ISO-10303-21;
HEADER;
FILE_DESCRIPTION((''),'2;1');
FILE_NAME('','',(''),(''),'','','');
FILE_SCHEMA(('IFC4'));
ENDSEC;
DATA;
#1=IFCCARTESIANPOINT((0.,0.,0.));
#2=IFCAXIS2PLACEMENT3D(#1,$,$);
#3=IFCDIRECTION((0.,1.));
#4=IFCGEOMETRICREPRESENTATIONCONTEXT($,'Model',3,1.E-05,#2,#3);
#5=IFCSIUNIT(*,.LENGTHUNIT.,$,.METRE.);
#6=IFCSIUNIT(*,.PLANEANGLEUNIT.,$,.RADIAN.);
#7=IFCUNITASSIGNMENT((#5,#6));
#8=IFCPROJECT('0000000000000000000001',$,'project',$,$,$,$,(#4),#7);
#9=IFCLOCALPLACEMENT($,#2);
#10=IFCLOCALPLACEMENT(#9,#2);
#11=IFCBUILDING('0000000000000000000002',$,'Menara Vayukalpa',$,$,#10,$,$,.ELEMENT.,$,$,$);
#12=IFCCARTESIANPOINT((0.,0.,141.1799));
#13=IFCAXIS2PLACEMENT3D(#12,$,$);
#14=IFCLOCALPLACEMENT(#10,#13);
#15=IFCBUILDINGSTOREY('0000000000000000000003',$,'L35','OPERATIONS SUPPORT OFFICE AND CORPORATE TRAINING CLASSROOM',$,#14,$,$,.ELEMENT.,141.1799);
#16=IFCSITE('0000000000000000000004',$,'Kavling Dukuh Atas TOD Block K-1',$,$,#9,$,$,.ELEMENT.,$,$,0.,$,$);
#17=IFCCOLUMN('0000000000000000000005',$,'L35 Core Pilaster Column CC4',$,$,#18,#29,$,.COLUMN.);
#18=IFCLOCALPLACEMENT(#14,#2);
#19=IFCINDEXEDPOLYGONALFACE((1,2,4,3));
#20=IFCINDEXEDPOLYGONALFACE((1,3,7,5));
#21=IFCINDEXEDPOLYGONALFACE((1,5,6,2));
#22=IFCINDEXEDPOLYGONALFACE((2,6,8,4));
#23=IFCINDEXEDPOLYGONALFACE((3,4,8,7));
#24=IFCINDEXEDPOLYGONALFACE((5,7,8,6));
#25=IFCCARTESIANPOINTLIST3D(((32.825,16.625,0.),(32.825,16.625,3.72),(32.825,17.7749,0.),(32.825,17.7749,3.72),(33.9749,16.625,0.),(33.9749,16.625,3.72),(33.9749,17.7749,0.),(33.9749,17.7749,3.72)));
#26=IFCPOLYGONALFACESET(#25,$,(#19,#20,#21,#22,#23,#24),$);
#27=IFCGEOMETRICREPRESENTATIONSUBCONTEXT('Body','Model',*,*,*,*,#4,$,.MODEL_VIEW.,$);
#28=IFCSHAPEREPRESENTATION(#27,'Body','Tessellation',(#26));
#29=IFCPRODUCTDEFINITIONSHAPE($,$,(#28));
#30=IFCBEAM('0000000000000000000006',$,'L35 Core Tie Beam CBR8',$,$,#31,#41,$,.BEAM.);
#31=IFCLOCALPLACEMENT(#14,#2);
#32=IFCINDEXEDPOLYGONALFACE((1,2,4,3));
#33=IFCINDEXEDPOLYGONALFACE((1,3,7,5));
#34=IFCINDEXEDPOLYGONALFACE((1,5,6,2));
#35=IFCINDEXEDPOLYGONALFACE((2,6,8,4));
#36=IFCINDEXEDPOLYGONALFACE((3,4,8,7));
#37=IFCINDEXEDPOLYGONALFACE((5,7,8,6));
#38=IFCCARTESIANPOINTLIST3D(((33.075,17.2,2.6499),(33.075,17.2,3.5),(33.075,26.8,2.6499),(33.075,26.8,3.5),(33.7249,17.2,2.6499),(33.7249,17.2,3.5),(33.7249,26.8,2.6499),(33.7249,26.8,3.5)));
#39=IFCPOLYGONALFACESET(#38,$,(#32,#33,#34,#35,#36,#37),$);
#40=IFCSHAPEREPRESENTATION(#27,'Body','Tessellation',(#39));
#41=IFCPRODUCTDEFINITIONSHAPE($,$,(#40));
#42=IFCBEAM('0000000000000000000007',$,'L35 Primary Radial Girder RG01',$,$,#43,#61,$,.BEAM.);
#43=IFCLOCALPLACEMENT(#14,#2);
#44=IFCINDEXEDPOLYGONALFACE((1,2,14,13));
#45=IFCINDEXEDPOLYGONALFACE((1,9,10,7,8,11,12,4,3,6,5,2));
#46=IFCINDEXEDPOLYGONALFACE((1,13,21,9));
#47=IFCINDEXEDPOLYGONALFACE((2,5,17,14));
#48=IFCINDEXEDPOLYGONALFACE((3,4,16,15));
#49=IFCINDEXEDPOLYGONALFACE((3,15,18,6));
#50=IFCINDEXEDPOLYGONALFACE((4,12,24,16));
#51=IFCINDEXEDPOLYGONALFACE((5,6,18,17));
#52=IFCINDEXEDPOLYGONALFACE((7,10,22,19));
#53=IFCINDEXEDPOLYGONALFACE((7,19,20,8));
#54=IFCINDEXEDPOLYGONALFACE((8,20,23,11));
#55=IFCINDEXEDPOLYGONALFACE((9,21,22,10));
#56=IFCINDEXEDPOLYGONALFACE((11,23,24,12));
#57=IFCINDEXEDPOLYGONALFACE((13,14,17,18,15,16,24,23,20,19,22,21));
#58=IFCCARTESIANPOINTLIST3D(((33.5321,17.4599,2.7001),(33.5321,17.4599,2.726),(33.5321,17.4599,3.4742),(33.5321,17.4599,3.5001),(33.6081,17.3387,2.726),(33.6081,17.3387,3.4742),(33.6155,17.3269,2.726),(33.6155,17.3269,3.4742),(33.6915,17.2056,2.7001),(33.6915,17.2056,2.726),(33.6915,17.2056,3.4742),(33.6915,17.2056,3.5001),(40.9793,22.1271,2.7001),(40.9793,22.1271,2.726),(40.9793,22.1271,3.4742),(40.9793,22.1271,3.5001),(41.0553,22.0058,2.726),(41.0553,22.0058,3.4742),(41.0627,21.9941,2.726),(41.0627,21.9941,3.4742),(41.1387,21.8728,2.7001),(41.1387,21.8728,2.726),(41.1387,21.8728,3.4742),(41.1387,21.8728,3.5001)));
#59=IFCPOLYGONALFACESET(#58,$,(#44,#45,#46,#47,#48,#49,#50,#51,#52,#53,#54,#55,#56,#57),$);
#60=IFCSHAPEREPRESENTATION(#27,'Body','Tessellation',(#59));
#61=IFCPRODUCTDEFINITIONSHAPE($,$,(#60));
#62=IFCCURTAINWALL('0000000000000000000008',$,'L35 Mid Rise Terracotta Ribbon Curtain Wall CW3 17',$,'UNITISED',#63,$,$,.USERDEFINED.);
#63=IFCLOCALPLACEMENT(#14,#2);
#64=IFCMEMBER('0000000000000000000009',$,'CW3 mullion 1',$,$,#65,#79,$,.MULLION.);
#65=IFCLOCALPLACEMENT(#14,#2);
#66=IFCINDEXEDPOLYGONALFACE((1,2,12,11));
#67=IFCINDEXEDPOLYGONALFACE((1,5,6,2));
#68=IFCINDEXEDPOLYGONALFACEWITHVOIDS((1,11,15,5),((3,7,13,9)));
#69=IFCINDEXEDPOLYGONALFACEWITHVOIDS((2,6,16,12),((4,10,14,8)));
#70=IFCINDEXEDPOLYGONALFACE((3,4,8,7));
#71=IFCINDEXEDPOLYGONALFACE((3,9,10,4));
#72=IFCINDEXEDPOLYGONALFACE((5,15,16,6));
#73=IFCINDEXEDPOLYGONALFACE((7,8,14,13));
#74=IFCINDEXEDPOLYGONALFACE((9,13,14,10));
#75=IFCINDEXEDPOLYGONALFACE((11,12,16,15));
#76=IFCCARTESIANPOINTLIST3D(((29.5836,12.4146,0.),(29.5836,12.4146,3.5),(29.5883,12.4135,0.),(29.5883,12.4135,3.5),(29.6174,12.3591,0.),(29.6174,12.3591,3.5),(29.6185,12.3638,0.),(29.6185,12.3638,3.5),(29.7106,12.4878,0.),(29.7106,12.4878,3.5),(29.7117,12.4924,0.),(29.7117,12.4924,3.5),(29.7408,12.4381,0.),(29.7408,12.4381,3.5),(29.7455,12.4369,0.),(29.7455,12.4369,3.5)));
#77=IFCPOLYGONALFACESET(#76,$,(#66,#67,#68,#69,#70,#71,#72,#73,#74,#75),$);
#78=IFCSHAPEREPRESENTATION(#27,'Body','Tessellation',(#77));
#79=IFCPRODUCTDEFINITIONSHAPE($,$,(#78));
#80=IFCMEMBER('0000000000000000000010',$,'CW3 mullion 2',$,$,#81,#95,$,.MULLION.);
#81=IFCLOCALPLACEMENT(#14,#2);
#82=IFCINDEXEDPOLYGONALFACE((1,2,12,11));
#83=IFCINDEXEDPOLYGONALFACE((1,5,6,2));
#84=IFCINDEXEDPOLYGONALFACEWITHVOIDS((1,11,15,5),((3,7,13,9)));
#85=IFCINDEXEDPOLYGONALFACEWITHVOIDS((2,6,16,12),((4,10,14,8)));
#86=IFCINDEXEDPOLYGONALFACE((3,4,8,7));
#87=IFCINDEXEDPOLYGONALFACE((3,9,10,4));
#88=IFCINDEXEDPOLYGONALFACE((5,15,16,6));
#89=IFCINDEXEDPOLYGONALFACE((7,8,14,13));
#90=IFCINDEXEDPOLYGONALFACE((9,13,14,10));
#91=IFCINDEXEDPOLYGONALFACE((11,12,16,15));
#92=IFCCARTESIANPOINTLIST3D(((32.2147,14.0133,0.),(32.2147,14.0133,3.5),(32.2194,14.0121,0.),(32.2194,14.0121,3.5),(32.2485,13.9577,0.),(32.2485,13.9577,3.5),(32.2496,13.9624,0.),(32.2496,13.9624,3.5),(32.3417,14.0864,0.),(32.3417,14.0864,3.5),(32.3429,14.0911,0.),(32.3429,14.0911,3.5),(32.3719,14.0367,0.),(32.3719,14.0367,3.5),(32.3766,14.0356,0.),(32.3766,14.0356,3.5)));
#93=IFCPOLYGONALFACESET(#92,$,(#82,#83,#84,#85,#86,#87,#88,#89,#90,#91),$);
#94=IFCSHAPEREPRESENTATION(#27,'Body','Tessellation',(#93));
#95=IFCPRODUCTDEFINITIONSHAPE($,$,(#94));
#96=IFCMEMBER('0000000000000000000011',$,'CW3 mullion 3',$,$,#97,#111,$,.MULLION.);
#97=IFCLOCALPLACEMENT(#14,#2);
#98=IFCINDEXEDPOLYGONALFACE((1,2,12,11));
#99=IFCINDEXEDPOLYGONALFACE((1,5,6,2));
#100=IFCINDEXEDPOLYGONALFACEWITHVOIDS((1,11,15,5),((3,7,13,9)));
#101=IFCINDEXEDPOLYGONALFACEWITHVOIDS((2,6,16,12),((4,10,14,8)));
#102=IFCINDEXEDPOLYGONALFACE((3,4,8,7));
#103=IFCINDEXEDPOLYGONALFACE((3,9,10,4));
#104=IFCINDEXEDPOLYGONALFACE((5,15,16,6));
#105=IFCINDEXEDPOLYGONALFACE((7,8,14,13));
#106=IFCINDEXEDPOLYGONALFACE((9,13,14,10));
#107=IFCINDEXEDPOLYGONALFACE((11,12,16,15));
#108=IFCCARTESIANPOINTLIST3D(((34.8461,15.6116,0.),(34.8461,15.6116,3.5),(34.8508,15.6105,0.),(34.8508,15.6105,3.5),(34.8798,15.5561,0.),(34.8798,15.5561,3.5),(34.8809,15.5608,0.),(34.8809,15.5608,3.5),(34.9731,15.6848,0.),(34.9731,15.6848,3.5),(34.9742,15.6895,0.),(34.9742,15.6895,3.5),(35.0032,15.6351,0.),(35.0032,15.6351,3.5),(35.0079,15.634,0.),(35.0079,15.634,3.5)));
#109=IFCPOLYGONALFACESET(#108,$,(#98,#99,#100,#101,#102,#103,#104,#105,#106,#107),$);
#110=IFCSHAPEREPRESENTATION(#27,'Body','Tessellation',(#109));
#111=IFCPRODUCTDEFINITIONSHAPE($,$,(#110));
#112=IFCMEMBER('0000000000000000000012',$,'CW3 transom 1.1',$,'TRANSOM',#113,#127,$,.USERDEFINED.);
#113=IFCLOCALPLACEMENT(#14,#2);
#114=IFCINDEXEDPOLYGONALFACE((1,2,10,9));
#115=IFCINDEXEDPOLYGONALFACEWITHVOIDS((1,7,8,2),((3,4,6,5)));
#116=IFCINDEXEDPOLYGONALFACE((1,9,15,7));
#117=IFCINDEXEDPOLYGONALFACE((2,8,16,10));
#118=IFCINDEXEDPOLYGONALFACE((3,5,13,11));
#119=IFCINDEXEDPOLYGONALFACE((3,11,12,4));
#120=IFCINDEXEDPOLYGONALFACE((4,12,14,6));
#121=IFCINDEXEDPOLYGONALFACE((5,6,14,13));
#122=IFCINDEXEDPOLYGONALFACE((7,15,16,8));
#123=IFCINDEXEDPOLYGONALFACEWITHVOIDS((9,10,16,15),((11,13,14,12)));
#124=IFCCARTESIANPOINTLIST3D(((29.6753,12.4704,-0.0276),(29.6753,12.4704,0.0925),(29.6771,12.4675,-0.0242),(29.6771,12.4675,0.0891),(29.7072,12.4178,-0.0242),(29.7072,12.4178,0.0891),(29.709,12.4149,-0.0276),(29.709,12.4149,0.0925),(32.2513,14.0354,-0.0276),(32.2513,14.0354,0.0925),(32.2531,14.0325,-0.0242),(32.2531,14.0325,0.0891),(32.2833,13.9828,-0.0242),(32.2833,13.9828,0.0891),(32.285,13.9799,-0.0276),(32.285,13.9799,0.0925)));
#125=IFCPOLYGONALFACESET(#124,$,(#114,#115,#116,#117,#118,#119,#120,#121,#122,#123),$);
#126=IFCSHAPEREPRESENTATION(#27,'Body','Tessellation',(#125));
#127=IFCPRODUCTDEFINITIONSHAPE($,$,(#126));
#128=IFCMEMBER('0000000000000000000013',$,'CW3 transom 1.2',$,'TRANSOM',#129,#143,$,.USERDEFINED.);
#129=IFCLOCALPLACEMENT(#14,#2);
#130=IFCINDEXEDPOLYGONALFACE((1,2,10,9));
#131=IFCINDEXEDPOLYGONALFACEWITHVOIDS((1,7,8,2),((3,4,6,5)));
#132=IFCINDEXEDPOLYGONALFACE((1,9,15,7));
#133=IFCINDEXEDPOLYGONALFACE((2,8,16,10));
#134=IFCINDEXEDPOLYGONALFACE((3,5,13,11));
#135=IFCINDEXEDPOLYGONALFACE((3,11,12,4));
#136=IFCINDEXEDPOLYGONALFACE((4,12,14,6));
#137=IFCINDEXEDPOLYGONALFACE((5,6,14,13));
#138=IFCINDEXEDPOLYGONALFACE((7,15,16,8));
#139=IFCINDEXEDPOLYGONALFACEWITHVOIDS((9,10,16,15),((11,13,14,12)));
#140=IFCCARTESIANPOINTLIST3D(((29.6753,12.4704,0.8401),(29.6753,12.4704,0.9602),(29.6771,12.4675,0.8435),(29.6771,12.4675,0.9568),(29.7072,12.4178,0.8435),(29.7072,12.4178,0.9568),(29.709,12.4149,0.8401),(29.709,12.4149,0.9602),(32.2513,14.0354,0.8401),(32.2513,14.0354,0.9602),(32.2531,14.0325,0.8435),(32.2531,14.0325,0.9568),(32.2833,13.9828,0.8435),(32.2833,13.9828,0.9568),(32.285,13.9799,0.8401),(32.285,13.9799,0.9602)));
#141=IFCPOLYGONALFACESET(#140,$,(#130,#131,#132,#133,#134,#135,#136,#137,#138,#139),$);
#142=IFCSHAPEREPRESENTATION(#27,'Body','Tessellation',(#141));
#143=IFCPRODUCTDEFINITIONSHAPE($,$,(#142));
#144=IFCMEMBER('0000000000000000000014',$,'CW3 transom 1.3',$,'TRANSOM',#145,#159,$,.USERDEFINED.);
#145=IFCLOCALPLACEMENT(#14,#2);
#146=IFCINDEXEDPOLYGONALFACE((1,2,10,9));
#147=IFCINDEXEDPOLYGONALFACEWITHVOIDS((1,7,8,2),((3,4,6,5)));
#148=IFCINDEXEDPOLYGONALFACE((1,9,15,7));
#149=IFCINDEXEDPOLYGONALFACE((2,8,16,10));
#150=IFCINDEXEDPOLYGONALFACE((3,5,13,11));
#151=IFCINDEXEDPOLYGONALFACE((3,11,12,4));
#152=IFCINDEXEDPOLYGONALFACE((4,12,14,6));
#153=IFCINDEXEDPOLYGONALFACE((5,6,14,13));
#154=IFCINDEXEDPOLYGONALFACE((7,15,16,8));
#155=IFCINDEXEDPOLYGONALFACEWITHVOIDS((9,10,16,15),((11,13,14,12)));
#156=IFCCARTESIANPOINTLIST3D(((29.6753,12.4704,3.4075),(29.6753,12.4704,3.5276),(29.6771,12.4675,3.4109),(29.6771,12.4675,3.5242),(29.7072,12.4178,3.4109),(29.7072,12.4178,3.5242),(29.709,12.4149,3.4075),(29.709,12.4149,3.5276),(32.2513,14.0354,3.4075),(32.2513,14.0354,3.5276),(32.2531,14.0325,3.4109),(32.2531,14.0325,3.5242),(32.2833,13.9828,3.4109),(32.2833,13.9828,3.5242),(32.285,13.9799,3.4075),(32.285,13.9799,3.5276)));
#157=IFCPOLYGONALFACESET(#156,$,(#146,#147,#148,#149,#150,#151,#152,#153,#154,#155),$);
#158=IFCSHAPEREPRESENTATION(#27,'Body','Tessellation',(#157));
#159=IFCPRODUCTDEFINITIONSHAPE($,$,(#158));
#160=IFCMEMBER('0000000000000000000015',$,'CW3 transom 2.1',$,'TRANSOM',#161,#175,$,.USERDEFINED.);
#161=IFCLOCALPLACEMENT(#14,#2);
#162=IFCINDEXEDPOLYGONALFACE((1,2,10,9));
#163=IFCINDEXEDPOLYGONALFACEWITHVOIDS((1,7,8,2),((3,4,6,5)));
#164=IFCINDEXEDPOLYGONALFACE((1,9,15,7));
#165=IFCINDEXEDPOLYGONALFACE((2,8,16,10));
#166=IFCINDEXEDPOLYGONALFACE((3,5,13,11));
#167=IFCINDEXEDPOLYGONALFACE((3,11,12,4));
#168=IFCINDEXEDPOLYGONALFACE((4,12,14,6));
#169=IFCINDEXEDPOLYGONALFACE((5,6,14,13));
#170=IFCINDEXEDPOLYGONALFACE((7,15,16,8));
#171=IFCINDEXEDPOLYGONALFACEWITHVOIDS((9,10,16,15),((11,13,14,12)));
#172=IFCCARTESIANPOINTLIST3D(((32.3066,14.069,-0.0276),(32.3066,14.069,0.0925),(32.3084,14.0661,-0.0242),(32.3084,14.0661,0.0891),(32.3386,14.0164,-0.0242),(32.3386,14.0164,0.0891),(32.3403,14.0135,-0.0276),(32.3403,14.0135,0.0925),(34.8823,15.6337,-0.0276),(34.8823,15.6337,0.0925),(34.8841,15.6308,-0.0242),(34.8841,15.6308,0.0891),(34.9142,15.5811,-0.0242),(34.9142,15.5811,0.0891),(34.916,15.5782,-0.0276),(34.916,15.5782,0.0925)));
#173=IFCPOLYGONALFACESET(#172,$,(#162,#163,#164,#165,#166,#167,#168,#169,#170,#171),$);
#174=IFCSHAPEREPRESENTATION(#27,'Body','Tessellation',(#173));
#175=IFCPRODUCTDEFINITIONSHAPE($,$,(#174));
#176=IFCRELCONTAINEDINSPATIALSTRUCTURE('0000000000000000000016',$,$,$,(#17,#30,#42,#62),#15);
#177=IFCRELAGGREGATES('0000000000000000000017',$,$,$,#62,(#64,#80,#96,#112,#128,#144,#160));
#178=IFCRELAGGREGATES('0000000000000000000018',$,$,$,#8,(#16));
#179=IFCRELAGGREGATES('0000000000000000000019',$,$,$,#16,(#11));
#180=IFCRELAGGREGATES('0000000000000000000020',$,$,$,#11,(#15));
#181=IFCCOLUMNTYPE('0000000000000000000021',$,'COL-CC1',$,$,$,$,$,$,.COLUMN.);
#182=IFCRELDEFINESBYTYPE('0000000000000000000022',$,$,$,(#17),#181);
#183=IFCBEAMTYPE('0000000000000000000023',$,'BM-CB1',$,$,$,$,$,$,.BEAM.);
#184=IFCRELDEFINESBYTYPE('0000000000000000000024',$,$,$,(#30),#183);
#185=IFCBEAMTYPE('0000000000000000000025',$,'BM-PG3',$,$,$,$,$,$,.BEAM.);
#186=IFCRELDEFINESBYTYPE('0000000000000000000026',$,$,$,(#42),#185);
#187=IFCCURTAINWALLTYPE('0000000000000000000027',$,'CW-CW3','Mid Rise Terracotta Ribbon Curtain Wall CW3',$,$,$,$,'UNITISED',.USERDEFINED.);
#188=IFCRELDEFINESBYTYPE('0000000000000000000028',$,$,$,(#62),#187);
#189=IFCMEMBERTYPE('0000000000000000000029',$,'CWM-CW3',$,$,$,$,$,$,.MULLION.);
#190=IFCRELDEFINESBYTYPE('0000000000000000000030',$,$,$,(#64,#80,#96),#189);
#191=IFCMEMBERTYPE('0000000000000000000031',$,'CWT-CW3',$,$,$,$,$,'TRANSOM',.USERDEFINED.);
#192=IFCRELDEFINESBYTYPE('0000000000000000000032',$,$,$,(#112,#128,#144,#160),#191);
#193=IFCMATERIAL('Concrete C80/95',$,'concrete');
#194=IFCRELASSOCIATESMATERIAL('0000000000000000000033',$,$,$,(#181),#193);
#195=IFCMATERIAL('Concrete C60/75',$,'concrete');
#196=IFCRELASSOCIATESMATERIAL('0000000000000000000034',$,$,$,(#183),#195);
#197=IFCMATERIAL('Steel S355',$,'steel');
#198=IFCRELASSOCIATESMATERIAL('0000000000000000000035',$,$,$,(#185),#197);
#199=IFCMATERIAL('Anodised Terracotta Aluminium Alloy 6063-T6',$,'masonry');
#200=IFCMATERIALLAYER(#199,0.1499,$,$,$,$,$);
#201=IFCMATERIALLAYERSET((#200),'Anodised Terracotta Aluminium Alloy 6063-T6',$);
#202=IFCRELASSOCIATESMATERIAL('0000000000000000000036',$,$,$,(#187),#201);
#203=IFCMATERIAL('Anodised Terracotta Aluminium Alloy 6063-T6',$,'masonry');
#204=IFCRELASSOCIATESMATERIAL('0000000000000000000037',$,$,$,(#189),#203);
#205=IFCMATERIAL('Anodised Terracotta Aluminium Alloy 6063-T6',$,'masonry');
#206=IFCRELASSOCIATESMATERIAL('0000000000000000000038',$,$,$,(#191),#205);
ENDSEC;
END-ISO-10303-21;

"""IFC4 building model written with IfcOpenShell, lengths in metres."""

from ifc_helpers import new_model, si_unit, direction, frame, origin, origin_2d, place, context, subcontext, project, spatial, rectangle, hollow_rectangle, i_section, extrude, material, layer, layer_set, material_profile, profile_set, type_object, element, aggregate, save


model = new_model("IFC4")

# Units and contexts
model_context = context("Model", 3, precision=1e-05, world=origin(), true_north=direction((0.0, 1.0)))
body_context = subcontext(model_context, "Body", "Model", "MODEL_VIEW")
ifc_project = project(units=[si_unit("LENGTHUNIT", "METRE"), si_unit("PLANEANGLEUNIT", "RADIAN")], contexts=[model_context])

# Site, building, storey
site_placement = place(None, origin())
site = spatial("IfcSite", under=ifc_project, at=site_placement, Name="Kavling Dukuh Atas TOD Block K-1", CompositionType="ELEMENT", RefElevation=0.0)
building_placement = place(site_placement, origin())
building = spatial("IfcBuilding", under=site, at=building_placement, Name="Menara Vayukalpa", CompositionType="ELEMENT")
storey_placement = place(building_placement, frame((0.0, 0.0, 141.1799)))
storey = spatial("IfcBuildingStorey", under=building, at=storey_placement, Name="L35", Description="OPERATIONS SUPPORT OFFICE AND CORPORATE TRAINING CLASSROOM", CompositionType="ELEMENT", Elevation=141.1799)

# Column
ifc_material_1 = material(Name="Concrete C80/95", Category="concrete")
ifc_material_profile_1 = material_profile(ifc_material_1, rectangle(XDim=1.1499, YDim=1.1499, at=origin_2d()), Name="RC 1150x1150")
ifc_profile_set_1 = profile_set([ifc_material_profile_1], Name="Concrete C80/95")
column_type = type_object("IfcColumnType", Name="COL-CC1", PredefinedType="COLUMN", material=ifc_profile_set_1)
column_placement = place(storey_placement, frame((33.3999, 17.2, 0.0), z_axis=(0.0, 0.0, 1.0), x_axis=(1.0, 0.0, 0.0)))
element("IfcColumn", 1, at=column_placement, inside=storey, type_object=column_type, Name="L35 Core Pilaster Column CC4", PredefinedType="COLUMN", context=body_context, shape_type="SweptSolid", body=[
    extrude(rectangle(XDim=1.1499, YDim=1.1499, at=origin_2d()), origin(), (0.0, 0.0, 1.0), 3.72),
])

# Beams
ifc_material_2 = material(Name="Concrete C60/75", Category="concrete")
ifc_material_profile_2 = material_profile(ifc_material_2, rectangle(XDim=0.6499, YDim=0.8501, at=origin_2d()), Name="RC 650x850")
ifc_profile_set_2 = profile_set([ifc_material_profile_2], Name="Concrete C60/75")
beam_type_1 = type_object("IfcBeamType", Name="BM-CB1", PredefinedType="BEAM", material=ifc_profile_set_2)
beam_1_placement = place(storey_placement, frame((33.3999, 17.2, 3.075), z_axis=(0.0, 1.0, 0.0), x_axis=(-1.0, 0.0, 0.0)))
element("IfcBeam", 2, at=beam_1_placement, inside=storey, type_object=beam_type_1, Name="L35 Core Tie Beam CBR8", PredefinedType="BEAM", context=body_context, shape_type="SweptSolid", body=[
    extrude(rectangle(XDim=0.6499, YDim=0.8501, at=origin_2d()), origin(), (0.0, 0.0, 1.0), 9.6001),
])
ifc_material_3 = material(Name="Steel S355", Category="steel")
ifc_material_profile_3 = material_profile(ifc_material_3, i_section(OverallWidth=0.3, OverallDepth=0.8, WebThickness=0.0139, FlangeThickness=0.0259, at=origin_2d()), Name="WF 800x300x14x26")
ifc_profile_set_3 = profile_set([ifc_material_profile_3], Name="Steel S355")
beam_type_2 = type_object("IfcBeamType", Name="BM-PG3", PredefinedType="BEAM", material=ifc_profile_set_3)
beam_2_placement = place(storey_placement, frame((33.6118, 17.3328, 3.1001), z_axis=(0.847348, 0.531037, 0.0), x_axis=(-0.531037, 0.847348, 0.0)))
element("IfcBeam", 3, at=beam_2_placement, inside=storey, type_object=beam_type_2, Name="L35 Primary Radial Girder RG01", PredefinedType="BEAM", context=body_context, shape_type="SweptSolid", body=[
    extrude(i_section(OverallWidth=0.3, OverallDepth=0.8, WebThickness=0.0139, FlangeThickness=0.0259, at=origin_2d()), origin(), (0.0, 0.0, 1.0), 8.7888),
])

# Curtain wall, members
ifc_material_4 = material(Name="Anodised Terracotta Aluminium Alloy 6063-T6", Category="masonry")
ifc_layer_1 = layer(ifc_material_4, 0.1499)
ifc_layer_set_1 = layer_set([ifc_layer_1], Name="Anodised Terracotta Aluminium Alloy 6063-T6")
curtain_wall_type = type_object("IfcCurtainWallType", Name="CW-CW3", Description="Mid Rise Terracotta Ribbon Curtain Wall CW3", ElementType="UNITISED", PredefinedType="USERDEFINED", material=ifc_layer_set_1)
curtain_wall_placement = place(storey_placement, origin())
curtain_wall = element("IfcCurtainWall", 4, at=curtain_wall_placement, inside=storey, type_object=curtain_wall_type, Name="L35 Mid Rise Terracotta Ribbon Curtain Wall CW3 17", ObjectType="UNITISED", PredefinedType="USERDEFINED")
ifc_material_5 = material(Name="Anodised Terracotta Aluminium Alloy 6063-T6", Category="masonry")
ifc_material_profile_4 = material_profile(ifc_material_5, hollow_rectangle(XDim=0.0649, YDim=0.1499, WallThickness=0.0034, at=origin_2d()), Name="ALU 65x150x3.5")
ifc_profile_set_4 = profile_set([ifc_material_profile_4], Name="Anodised Terracotta Aluminium Alloy 6063-T6")
member_type_1 = type_object("IfcMemberType", Name="CWM-CW3", PredefinedType="MULLION", material=ifc_profile_set_4)
member_1_placement = place(storey_placement, frame((29.6646, 12.4258, 0.0), z_axis=(0.0, 0.0, 1.0), x_axis=(-0.519196, 0.854655, 0.0)))
member_1 = element("IfcMember", 5, at=member_1_placement, type_object=member_type_1, Name="CW3 mullion 1", PredefinedType="MULLION", context=body_context, shape_type="SweptSolid", body=[
    extrude(hollow_rectangle(XDim=0.0649, YDim=0.1499, WallThickness=0.0034, at=origin_2d()), origin(), (0.0, 0.0, 1.0), 3.5),
])
member_2_placement = place(storey_placement, frame((32.2957, 14.0244, 0.0), z_axis=(0.0, 0.0, 1.0), x_axis=(-0.519196, 0.854655, 0.0)))
member_2 = element("IfcMember", 6, at=member_2_placement, type_object=member_type_1, Name="CW3 mullion 2", PredefinedType="MULLION", context=body_context, shape_type="SweptSolid", body=[
    extrude(hollow_rectangle(XDim=0.0649, YDim=0.1499, WallThickness=0.0034, at=origin_2d()), origin(), (0.0, 0.0, 1.0), 3.5),
])
member_3_placement = place(storey_placement, frame((34.927, 15.6228, 0.0), z_axis=(0.0, 0.0, 1.0), x_axis=(-0.519196, 0.854655, 0.0)))
member_3 = element("IfcMember", 7, at=member_3_placement, type_object=member_type_1, Name="CW3 mullion 3", PredefinedType="MULLION", context=body_context, shape_type="SweptSolid", body=[
    extrude(hollow_rectangle(XDim=0.0649, YDim=0.1499, WallThickness=0.0034, at=origin_2d()), origin(), (0.0, 0.0, 1.0), 3.5),
])
ifc_material_6 = material(Name="Anodised Terracotta Aluminium Alloy 6063-T6", Category="masonry")
ifc_material_profile_5 = material_profile(ifc_material_6, hollow_rectangle(XDim=0.0649, YDim=0.1201, WallThickness=0.0034, at=origin_2d()), Name="ALU 65x120x3.5")
ifc_profile_set_5 = profile_set([ifc_material_profile_5], Name="Anodised Terracotta Aluminium Alloy 6063-T6")
member_type_2 = type_object("IfcMemberType", Name="CWT-CW3", ElementType="TRANSOM", PredefinedType="USERDEFINED", material=ifc_profile_set_5)
member_4_placement = place(storey_placement, frame((29.6921, 12.4426, 0.0325), z_axis=(0.854642, 0.519217, 0.0), x_axis=(-0.519217, 0.854642, 0.0)))
member_4 = element("IfcMember", 8, at=member_4_placement, type_object=member_type_2, Name="CW3 transom 1.1", ObjectType="TRANSOM", PredefinedType="USERDEFINED", context=body_context, shape_type="SweptSolid", body=[
    extrude(hollow_rectangle(XDim=0.0649, YDim=0.1201, WallThickness=0.0034, at=origin_2d()), origin(), (0.0, 0.0, 1.0), 3.0142),
])
member_5_placement = place(storey_placement, frame((29.6921, 12.4426, 0.9001), z_axis=(0.854642, 0.519217, 0.0), x_axis=(-0.519217, 0.854642, 0.0)))
member_5 = element("IfcMember", 9, at=member_5_placement, type_object=member_type_2, Name="CW3 transom 1.2", ObjectType="TRANSOM", PredefinedType="USERDEFINED", context=body_context, shape_type="SweptSolid", body=[
    extrude(hollow_rectangle(XDim=0.0649, YDim=0.1201, WallThickness=0.0034, at=origin_2d()), origin(), (0.0, 0.0, 1.0), 3.0142),
])
member_6_placement = place(storey_placement, frame((29.6921, 12.4426, 3.4675), z_axis=(0.854642, 0.519217, 0.0), x_axis=(-0.519217, 0.854642, 0.0)))
member_6 = element("IfcMember", 10, at=member_6_placement, type_object=member_type_2, Name="CW3 transom 1.3", ObjectType="TRANSOM", PredefinedType="USERDEFINED", context=body_context, shape_type="SweptSolid", body=[
    extrude(hollow_rectangle(XDim=0.0649, YDim=0.1201, WallThickness=0.0034, at=origin_2d()), origin(), (0.0, 0.0, 1.0), 3.0142),
])
member_7_placement = place(storey_placement, frame((32.3235, 14.0413, 0.0325), z_axis=(0.854657, 0.519194, 0.0), x_axis=(-0.519194, 0.854657, 0.0)))
member_7 = element("IfcMember", 11, at=member_7_placement, type_object=member_type_2, Name="CW3 transom 2.1", ObjectType="TRANSOM", PredefinedType="USERDEFINED", context=body_context, shape_type="SweptSolid", body=[
    extrude(hollow_rectangle(XDim=0.0649, YDim=0.1201, WallThickness=0.0034, at=origin_2d()), origin(), (0.0, 0.0, 1.0), 3.0137),
])
aggregate(curtain_wall, [member_1, member_2, member_3, member_4, member_5, member_6, member_7])

save(model, "model.ifc")
